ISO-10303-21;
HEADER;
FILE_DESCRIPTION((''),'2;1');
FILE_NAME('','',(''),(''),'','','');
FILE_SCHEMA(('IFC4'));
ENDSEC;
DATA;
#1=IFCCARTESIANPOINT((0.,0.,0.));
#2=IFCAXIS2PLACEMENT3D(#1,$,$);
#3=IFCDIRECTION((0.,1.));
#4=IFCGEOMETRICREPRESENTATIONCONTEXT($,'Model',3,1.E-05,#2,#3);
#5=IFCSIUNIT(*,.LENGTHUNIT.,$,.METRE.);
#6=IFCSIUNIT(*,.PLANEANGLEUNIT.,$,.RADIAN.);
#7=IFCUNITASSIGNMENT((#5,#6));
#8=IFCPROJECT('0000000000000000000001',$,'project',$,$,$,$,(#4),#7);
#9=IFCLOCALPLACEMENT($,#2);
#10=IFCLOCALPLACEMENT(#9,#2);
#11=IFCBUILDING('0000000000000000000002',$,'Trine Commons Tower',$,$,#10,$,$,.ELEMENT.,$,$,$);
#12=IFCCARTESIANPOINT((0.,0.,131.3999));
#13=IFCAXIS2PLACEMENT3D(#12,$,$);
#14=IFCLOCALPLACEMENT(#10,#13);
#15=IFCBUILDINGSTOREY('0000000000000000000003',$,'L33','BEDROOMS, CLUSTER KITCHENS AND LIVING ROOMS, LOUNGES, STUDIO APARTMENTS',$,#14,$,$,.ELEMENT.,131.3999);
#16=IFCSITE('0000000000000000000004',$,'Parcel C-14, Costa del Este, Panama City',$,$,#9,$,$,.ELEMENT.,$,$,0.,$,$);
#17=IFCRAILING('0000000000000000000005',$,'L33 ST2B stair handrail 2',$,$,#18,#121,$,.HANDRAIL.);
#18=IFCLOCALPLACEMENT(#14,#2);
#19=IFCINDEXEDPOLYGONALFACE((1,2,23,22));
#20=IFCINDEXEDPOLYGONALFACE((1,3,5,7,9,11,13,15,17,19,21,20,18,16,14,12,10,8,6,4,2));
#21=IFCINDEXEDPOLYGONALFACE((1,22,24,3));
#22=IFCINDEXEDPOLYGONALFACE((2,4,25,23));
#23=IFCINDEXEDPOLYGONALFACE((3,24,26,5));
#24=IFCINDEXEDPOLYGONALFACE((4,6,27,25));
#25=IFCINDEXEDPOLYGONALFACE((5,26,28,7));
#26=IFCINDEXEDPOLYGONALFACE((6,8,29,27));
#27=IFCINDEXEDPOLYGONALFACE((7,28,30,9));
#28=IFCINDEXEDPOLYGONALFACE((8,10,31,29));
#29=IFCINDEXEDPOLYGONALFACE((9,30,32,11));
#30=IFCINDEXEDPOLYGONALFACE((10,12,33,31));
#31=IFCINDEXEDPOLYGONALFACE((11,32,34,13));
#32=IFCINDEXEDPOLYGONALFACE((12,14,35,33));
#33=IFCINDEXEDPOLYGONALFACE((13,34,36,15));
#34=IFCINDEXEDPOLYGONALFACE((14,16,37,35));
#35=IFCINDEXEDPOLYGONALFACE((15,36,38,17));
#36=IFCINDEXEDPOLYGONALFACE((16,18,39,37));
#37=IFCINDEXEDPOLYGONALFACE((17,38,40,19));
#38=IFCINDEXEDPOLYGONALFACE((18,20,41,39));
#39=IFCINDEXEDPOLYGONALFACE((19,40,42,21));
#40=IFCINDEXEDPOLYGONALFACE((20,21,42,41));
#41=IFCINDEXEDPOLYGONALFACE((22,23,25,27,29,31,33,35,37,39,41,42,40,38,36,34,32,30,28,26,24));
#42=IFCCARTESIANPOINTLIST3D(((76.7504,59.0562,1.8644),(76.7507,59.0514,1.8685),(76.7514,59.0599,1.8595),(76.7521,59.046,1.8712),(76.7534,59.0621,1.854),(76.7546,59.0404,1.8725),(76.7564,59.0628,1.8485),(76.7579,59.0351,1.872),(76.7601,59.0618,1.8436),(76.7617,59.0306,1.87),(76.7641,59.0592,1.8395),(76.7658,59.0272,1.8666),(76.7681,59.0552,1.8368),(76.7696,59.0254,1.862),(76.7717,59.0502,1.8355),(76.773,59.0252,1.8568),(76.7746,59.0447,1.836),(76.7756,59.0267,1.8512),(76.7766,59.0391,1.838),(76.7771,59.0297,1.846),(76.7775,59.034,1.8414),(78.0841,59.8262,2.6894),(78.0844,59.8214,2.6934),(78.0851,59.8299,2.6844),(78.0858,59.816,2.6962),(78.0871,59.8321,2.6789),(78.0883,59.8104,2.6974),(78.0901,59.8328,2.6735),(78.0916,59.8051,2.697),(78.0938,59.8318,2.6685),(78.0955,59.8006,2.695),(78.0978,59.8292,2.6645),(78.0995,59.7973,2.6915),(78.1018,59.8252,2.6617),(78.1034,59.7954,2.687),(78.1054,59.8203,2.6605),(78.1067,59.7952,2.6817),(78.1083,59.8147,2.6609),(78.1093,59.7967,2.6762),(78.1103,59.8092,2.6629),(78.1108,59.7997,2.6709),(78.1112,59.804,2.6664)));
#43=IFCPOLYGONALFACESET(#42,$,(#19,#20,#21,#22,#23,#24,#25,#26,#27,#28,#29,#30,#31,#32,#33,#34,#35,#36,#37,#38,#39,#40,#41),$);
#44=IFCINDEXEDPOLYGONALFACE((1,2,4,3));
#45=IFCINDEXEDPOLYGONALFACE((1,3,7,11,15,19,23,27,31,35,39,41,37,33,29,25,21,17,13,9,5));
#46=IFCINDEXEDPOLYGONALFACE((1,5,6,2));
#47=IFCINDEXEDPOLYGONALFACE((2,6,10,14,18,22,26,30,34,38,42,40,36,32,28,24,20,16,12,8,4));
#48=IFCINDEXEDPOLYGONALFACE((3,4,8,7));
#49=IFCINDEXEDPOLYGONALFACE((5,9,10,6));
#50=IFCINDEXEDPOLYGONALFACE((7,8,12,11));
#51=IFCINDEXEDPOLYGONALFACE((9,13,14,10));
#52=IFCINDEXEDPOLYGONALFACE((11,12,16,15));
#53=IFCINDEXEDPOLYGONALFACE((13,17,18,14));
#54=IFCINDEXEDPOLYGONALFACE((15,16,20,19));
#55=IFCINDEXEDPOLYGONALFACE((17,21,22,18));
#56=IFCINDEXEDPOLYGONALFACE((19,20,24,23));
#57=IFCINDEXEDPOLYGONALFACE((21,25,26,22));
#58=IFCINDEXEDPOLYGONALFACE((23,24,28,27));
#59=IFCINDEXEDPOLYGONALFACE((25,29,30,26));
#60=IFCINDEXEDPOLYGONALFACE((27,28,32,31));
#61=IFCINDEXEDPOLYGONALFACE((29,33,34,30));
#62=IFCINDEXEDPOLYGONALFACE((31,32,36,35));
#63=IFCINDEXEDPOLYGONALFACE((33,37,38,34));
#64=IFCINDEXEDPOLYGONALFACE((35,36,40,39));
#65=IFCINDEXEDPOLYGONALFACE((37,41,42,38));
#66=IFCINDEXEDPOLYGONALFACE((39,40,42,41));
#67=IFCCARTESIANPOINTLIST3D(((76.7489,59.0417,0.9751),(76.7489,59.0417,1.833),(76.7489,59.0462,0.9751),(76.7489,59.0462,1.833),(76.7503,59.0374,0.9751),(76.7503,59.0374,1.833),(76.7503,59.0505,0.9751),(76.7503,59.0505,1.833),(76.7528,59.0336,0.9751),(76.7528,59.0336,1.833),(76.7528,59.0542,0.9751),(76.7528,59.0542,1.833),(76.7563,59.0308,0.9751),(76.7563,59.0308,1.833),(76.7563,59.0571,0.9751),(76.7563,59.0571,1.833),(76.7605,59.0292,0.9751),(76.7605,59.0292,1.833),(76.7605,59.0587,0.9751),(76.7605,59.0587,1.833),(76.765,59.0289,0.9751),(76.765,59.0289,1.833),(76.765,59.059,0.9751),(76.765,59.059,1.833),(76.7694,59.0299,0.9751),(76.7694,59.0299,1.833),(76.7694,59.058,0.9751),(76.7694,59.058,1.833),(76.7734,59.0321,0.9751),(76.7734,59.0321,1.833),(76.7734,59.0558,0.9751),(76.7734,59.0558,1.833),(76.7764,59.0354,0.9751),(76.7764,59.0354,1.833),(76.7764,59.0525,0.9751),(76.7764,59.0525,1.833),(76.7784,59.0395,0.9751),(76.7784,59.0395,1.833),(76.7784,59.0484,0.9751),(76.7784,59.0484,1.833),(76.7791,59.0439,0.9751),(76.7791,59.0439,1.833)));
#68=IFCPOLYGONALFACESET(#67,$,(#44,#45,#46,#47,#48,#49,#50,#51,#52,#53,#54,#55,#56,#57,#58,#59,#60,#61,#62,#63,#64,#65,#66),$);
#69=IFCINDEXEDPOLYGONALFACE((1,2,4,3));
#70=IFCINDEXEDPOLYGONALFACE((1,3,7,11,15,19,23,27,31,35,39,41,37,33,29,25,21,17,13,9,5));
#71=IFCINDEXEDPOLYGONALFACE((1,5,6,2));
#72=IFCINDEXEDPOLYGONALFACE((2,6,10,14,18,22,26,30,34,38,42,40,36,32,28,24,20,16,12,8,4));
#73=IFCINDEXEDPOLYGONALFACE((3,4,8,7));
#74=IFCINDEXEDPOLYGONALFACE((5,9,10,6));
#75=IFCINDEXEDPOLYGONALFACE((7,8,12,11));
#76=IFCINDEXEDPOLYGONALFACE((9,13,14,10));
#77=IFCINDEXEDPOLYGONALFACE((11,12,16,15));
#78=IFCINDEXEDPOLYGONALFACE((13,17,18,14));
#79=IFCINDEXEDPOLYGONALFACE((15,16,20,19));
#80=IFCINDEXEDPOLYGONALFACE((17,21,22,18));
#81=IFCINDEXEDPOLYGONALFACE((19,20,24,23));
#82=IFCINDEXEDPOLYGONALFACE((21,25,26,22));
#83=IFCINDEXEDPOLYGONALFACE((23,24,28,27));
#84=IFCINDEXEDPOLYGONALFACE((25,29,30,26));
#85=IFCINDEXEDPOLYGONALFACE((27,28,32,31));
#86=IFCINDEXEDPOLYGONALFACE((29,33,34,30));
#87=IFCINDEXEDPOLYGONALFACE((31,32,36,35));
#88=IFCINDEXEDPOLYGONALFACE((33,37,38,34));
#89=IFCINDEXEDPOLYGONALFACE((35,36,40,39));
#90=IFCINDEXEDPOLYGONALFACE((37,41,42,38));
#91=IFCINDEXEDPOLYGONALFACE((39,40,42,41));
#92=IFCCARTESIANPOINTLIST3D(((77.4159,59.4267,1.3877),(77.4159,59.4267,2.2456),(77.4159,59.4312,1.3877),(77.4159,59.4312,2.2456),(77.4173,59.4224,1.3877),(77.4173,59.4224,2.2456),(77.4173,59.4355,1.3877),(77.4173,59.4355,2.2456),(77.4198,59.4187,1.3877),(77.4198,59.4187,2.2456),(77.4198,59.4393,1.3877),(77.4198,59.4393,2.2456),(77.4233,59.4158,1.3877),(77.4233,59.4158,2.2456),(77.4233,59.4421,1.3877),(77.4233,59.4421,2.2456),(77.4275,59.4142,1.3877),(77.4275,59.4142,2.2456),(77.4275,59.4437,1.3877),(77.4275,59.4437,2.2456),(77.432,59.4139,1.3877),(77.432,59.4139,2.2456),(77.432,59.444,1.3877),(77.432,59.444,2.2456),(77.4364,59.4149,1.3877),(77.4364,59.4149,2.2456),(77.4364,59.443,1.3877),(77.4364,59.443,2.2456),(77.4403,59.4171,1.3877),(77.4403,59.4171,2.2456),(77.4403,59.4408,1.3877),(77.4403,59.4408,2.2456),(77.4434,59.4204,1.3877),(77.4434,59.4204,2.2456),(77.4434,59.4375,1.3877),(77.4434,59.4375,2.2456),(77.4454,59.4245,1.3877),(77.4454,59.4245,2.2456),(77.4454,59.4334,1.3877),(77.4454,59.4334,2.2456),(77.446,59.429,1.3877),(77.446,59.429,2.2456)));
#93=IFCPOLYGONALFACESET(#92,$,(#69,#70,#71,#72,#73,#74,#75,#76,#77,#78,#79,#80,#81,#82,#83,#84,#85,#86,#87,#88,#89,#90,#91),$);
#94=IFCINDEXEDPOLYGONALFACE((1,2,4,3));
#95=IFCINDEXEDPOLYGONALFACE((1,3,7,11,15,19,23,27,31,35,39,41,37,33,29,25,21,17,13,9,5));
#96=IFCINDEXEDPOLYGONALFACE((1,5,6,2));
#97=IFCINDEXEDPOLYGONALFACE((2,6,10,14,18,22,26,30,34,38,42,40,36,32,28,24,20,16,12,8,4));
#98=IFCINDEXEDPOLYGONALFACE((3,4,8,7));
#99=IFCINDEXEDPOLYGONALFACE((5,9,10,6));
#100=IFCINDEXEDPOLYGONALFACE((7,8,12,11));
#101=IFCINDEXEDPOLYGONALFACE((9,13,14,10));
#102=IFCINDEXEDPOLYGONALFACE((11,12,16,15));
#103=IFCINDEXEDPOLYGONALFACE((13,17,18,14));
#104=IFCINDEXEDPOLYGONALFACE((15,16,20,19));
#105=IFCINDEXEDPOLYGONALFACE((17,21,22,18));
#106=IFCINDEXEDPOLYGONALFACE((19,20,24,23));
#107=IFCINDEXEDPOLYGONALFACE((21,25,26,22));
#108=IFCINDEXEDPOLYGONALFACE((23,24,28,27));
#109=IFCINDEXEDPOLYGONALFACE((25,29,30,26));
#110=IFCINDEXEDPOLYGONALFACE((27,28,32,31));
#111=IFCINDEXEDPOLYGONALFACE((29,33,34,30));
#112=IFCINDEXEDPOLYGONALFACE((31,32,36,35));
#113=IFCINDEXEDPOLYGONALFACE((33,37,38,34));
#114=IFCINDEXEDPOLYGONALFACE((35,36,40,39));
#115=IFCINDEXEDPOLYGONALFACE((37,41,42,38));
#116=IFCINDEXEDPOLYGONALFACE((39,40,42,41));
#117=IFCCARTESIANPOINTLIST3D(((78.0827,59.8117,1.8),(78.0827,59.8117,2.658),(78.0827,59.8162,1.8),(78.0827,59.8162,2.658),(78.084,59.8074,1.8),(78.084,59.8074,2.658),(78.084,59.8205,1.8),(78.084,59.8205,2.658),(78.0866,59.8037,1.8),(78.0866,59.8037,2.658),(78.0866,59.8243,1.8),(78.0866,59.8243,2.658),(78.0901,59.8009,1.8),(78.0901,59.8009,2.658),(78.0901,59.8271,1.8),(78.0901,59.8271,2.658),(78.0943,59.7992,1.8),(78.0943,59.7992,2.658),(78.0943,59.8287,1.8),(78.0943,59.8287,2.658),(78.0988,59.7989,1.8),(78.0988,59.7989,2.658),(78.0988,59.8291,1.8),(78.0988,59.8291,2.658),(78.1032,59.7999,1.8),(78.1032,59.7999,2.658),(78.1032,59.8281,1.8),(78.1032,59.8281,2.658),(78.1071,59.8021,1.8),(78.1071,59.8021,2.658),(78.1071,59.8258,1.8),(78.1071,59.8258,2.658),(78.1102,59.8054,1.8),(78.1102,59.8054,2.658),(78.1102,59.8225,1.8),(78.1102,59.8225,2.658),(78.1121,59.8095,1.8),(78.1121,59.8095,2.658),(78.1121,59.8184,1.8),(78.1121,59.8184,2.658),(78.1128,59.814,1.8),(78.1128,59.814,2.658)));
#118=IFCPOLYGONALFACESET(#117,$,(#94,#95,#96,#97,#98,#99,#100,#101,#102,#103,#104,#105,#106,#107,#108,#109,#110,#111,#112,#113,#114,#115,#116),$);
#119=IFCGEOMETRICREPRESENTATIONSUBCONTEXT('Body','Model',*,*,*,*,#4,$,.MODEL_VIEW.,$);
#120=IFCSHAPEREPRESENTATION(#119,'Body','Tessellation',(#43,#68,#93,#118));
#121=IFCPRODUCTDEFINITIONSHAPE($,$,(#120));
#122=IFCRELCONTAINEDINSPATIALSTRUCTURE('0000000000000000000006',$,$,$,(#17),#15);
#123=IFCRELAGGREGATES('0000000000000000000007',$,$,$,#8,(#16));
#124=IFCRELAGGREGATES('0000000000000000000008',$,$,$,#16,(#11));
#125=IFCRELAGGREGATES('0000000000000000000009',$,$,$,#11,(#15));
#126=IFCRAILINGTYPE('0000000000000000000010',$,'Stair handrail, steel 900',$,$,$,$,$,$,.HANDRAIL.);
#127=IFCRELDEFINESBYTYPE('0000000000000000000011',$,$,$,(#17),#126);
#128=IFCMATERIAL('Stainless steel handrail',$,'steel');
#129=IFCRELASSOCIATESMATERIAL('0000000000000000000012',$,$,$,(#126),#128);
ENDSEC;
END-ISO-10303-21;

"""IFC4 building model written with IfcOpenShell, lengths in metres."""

from ifc_helpers import new_model, si_unit, direction, frame, origin, origin_2d, place, context, subcontext, project, spatial, circle, extrude, material, type_object, element, save


model = new_model("IFC4")

# Units and contexts
model_context = context("Model", 3, precision=1e-05, world=origin(), true_north=direction((0.0, 1.0)))
body_context = subcontext(model_context, "Body", "Model", "MODEL_VIEW")
ifc_project = project(units=[si_unit("LENGTHUNIT", "METRE"), si_unit("PLANEANGLEUNIT", "RADIAN")], contexts=[model_context])

# Site, building, storey
site_placement = place(None, origin())
site = spatial("IfcSite", under=ifc_project, at=site_placement, Name="Parcel C-14, Costa del Este, Panama City", CompositionType="ELEMENT", RefElevation=0.0)
building_placement = place(site_placement, origin())
building = spatial("IfcBuilding", under=site, at=building_placement, Name="Trine Commons Tower", CompositionType="ELEMENT")
storey_placement = place(building_placement, frame((0.0, 0.0, 131.3999)))
storey = spatial("IfcBuildingStorey", under=building, at=storey_placement, Name="L33", Description="BEDROOMS, CLUSTER KITCHENS AND LIVING ROOMS, LOUNGES, STUDIO APARTMENTS", CompositionType="ELEMENT", Elevation=131.3999)

# Railing
ifc_material_1 = material(Name="Stainless steel handrail", Category="steel")
railing_type_1 = type_object("IfcRailingType", Name="Stair handrail, steel 900", PredefinedType="HANDRAIL", material=ifc_material_1)
for number, where, name in (
    (1, (76.7639, 59.0439, 0.9751), "L33 ST2B stair handrail 2"),
):
    element("IfcRailing", number, at=place(storey_placement, frame(where)), inside=storey, type_object=railing_type_1, Name=name, PredefinedType="HANDRAIL", context=body_context, shape_type="SweptSolid", body=[
        extrude(circle(Radius=0.021, at=origin_2d()), frame((0.0, 0.0, 0.8789), z_axis=(0.763405, 0.440743, 0.472185), x_axis=(-0.499992, 0.86603, 0.0)), (0.0, 0.0, 1.0), 1.7471),
        extrude(circle(Radius=0.0151, at=origin_2d()), origin(), (0.0, 0.0, 1.0), 0.8579),
        extrude(circle(Radius=0.0151, at=origin_2d()), frame((0.667, 0.385, 0.4126)), (0.0, 0.0, 1.0), 0.8579),
        extrude(circle(Radius=0.0151, at=origin_2d()), frame((1.3337, 0.77, 0.825)), (0.0, 0.0, 1.0), 0.8579),
    ])

save(model, "model.ifc")
